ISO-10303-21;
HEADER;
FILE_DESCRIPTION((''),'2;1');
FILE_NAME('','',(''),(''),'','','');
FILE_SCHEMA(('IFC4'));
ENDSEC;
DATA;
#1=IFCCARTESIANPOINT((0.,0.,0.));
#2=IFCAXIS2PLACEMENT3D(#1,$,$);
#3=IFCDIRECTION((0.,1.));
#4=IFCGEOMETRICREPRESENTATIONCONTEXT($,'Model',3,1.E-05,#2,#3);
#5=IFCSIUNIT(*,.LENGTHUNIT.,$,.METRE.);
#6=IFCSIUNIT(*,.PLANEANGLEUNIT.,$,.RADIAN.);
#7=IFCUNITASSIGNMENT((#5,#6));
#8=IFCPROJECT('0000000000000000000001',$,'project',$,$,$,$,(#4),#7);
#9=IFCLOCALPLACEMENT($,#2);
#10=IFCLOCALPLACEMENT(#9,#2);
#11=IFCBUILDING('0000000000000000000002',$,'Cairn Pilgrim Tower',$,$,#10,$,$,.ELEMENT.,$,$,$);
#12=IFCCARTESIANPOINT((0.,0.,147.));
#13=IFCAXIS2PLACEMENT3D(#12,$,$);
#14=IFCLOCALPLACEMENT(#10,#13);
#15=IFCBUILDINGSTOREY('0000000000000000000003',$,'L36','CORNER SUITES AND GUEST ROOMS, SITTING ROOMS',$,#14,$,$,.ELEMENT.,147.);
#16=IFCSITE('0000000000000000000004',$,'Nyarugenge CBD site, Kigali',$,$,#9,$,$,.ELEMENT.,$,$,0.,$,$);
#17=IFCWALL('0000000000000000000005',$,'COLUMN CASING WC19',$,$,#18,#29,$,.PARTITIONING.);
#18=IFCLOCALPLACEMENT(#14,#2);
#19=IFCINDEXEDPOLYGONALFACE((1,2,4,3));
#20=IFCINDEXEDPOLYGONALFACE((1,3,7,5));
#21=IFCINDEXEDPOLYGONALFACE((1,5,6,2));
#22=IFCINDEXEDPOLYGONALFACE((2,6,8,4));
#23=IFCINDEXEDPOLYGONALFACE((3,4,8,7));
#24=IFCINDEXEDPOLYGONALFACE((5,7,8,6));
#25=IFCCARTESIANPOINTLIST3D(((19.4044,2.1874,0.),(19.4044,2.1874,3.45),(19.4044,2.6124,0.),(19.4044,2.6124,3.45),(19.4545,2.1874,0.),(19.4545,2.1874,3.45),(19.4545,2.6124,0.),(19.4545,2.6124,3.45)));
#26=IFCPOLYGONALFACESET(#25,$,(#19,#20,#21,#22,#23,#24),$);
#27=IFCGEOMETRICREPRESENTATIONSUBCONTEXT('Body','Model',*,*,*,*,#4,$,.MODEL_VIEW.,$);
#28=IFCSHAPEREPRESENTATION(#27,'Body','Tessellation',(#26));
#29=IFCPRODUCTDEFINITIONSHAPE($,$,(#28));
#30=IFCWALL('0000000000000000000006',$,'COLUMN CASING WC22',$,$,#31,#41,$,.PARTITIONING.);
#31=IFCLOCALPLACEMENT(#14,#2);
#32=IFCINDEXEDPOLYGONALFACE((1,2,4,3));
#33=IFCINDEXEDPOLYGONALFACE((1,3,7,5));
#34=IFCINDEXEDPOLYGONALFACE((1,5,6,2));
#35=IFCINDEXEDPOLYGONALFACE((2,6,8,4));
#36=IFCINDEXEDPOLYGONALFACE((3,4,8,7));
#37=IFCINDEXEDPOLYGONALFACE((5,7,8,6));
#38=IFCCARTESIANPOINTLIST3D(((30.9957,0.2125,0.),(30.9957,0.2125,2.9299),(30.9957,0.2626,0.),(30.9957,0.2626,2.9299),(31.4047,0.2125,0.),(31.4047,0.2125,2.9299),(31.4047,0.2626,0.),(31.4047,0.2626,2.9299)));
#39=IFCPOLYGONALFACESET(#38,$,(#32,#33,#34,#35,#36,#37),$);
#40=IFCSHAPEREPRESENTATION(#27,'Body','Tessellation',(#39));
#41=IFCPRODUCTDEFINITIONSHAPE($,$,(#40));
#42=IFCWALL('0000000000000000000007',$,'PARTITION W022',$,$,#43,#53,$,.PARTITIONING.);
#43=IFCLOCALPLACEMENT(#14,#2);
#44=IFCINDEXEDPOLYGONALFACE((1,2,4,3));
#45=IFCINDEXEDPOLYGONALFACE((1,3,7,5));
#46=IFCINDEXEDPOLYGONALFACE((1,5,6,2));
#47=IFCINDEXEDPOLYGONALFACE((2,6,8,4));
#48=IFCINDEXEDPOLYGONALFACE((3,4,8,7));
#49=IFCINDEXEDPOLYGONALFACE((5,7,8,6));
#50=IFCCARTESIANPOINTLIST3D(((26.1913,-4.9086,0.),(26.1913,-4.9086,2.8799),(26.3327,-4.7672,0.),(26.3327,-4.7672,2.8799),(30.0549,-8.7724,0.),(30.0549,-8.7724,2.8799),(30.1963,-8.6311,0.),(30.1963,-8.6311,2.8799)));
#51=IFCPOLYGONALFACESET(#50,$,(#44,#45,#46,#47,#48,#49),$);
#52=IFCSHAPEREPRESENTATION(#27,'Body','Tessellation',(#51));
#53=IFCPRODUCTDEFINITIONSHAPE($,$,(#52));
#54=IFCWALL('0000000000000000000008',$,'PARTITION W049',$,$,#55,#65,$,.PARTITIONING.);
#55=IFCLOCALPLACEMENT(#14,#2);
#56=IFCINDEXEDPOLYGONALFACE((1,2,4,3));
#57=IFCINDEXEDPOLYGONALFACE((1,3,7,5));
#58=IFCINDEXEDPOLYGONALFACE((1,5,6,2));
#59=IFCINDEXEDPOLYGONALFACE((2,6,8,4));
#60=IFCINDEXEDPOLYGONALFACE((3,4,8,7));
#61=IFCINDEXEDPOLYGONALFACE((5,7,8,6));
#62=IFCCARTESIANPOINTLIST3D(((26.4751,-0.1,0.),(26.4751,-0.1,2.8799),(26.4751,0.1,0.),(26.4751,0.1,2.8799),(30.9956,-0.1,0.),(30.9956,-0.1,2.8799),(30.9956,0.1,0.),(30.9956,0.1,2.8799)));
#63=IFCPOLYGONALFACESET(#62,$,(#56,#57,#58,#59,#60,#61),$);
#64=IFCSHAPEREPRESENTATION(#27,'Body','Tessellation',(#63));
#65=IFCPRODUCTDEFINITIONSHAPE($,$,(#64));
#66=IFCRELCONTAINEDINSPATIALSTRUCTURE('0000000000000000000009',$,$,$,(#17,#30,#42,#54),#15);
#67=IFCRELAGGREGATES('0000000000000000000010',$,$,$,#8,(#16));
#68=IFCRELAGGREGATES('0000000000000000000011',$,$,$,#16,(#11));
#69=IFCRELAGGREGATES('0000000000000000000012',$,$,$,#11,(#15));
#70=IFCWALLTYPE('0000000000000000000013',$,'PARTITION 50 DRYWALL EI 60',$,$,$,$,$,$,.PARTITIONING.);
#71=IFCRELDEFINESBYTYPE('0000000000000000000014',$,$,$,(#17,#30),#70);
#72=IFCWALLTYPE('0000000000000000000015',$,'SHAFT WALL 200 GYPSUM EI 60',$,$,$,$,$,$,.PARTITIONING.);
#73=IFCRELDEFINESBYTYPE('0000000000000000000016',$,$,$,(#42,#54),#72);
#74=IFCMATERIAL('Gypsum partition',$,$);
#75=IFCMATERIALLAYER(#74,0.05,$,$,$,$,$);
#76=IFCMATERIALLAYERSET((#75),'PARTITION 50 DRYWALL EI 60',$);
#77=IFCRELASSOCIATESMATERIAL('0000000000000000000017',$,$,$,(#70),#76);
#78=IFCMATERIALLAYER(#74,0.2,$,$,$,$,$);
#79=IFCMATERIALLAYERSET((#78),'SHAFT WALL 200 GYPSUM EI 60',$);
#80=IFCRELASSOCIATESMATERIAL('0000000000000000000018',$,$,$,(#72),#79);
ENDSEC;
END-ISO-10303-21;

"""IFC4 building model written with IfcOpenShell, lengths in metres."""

from ifc_helpers import new_model, si_unit, direction, frame, frame_2d, origin, place, context, subcontext, project, spatial, rectangle, extrude, material, layer, layer_set, type_object, element, save


model = new_model("IFC4")

# Units and contexts
model_context = context("Model", 3, precision=1e-05, world=origin(), true_north=direction((0.0, 1.0)))
body_context = subcontext(model_context, "Body", "Model", "MODEL_VIEW")
ifc_project = project(units=[si_unit("LENGTHUNIT", "METRE"), si_unit("PLANEANGLEUNIT", "RADIAN")], contexts=[model_context])

# Site, building, storey
site_placement = place(None, origin())
site = spatial("IfcSite", under=ifc_project, at=site_placement, Name="Nyarugenge CBD site, Kigali", CompositionType="ELEMENT", RefElevation=0.0)
building_placement = place(site_placement, origin())
building = spatial("IfcBuilding", under=site, at=building_placement, Name="Cairn Pilgrim Tower", CompositionType="ELEMENT")
storey_placement = place(building_placement, frame((0.0, 0.0, 147.0)))
storey = spatial("IfcBuildingStorey", under=building, at=storey_placement, Name="L36", Description="CORNER SUITES AND GUEST ROOMS, SITTING ROOMS", CompositionType="ELEMENT", Elevation=147.0)

# Shared definitions
ifc_material_1 = material(Name="Gypsum partition")

# Walls
ifc_layer_1 = layer(ifc_material_1, 0.05)
ifc_layer_set_1 = layer_set([ifc_layer_1], Name="PARTITION 50 DRYWALL EI 60")
wall_type_1 = type_object("IfcWallType", Name="PARTITION 50 DRYWALL EI 60", PredefinedType="PARTITIONING", material=ifc_layer_set_1)
wall_1_placement = place(storey_placement, frame((19.4294, 2.1875, 0.0), z_axis=(0.0, 0.0, 1.0), x_axis=(0.0, 1.0, 0.0)))
element("IfcWall", 1, at=wall_1_placement, inside=storey, type_object=wall_type_1, Name="COLUMN CASING WC19", PredefinedType="PARTITIONING", context=body_context, shape_type="SweptSolid", body=[
    extrude(rectangle(XDim=0.425, YDim=0.05, at=frame_2d((0.2124, 0.0))), origin(), (0.0, 0.0, 1.0), 3.45),
])
wall_2_placement = place(storey_placement, frame((30.9956, 0.2375, 0.0), z_axis=(0.0, 0.0, 1.0), x_axis=(1.0, 0.0, 0.0)))
element("IfcWall", 2, at=wall_2_placement, inside=storey, type_object=wall_type_1, Name="COLUMN CASING WC22", PredefinedType="PARTITIONING", context=body_context, shape_type="SweptSolid", body=[
    extrude(rectangle(XDim=0.4089, YDim=0.05, at=frame_2d((0.2046, 0.0))), origin(), (0.0, 0.0, 1.0), 2.9299),
])
ifc_layer_2 = layer(ifc_material_1, 0.2)
ifc_layer_set_2 = layer_set([ifc_layer_2], Name="SHAFT WALL 200 GYPSUM EI 60")
wall_type_2 = type_object("IfcWallType", Name="SHAFT WALL 200 GYPSUM EI 60", PredefinedType="PARTITIONING", material=ifc_layer_set_2)
wall_3_placement = place(storey_placement, frame((30.1255, -8.7017, 0.0), z_axis=(0.0, 0.0, 1.0), x_axis=(-0.707084, 0.707129, 0.0)))
element("IfcWall", 3, at=wall_3_placement, inside=storey, type_object=wall_type_2, Name="PARTITION W022", PredefinedType="PARTITIONING", context=body_context, shape_type="SweptSolid", body=[
    extrude(rectangle(XDim=5.4641, YDim=0.2, at=frame_2d((2.7319, 0.0))), origin(), (0.0, 0.0, 1.0), 2.8799),
])
wall_4_placement = place(storey_placement, frame((26.4751, 0.0, 0.0), z_axis=(0.0, 0.0, 1.0), x_axis=(1.0, 0.0, 0.0)))
element("IfcWall", 4, at=wall_4_placement, inside=storey, type_object=wall_type_2, Name="PARTITION W049", PredefinedType="PARTITIONING", context=body_context, shape_type="SweptSolid", body=[
    extrude(rectangle(XDim=4.5205, YDim=0.2, at=frame_2d((2.2603, 0.0))), origin(), (0.0, 0.0, 1.0), 2.8799),
])

save(model, "model.ifc")
